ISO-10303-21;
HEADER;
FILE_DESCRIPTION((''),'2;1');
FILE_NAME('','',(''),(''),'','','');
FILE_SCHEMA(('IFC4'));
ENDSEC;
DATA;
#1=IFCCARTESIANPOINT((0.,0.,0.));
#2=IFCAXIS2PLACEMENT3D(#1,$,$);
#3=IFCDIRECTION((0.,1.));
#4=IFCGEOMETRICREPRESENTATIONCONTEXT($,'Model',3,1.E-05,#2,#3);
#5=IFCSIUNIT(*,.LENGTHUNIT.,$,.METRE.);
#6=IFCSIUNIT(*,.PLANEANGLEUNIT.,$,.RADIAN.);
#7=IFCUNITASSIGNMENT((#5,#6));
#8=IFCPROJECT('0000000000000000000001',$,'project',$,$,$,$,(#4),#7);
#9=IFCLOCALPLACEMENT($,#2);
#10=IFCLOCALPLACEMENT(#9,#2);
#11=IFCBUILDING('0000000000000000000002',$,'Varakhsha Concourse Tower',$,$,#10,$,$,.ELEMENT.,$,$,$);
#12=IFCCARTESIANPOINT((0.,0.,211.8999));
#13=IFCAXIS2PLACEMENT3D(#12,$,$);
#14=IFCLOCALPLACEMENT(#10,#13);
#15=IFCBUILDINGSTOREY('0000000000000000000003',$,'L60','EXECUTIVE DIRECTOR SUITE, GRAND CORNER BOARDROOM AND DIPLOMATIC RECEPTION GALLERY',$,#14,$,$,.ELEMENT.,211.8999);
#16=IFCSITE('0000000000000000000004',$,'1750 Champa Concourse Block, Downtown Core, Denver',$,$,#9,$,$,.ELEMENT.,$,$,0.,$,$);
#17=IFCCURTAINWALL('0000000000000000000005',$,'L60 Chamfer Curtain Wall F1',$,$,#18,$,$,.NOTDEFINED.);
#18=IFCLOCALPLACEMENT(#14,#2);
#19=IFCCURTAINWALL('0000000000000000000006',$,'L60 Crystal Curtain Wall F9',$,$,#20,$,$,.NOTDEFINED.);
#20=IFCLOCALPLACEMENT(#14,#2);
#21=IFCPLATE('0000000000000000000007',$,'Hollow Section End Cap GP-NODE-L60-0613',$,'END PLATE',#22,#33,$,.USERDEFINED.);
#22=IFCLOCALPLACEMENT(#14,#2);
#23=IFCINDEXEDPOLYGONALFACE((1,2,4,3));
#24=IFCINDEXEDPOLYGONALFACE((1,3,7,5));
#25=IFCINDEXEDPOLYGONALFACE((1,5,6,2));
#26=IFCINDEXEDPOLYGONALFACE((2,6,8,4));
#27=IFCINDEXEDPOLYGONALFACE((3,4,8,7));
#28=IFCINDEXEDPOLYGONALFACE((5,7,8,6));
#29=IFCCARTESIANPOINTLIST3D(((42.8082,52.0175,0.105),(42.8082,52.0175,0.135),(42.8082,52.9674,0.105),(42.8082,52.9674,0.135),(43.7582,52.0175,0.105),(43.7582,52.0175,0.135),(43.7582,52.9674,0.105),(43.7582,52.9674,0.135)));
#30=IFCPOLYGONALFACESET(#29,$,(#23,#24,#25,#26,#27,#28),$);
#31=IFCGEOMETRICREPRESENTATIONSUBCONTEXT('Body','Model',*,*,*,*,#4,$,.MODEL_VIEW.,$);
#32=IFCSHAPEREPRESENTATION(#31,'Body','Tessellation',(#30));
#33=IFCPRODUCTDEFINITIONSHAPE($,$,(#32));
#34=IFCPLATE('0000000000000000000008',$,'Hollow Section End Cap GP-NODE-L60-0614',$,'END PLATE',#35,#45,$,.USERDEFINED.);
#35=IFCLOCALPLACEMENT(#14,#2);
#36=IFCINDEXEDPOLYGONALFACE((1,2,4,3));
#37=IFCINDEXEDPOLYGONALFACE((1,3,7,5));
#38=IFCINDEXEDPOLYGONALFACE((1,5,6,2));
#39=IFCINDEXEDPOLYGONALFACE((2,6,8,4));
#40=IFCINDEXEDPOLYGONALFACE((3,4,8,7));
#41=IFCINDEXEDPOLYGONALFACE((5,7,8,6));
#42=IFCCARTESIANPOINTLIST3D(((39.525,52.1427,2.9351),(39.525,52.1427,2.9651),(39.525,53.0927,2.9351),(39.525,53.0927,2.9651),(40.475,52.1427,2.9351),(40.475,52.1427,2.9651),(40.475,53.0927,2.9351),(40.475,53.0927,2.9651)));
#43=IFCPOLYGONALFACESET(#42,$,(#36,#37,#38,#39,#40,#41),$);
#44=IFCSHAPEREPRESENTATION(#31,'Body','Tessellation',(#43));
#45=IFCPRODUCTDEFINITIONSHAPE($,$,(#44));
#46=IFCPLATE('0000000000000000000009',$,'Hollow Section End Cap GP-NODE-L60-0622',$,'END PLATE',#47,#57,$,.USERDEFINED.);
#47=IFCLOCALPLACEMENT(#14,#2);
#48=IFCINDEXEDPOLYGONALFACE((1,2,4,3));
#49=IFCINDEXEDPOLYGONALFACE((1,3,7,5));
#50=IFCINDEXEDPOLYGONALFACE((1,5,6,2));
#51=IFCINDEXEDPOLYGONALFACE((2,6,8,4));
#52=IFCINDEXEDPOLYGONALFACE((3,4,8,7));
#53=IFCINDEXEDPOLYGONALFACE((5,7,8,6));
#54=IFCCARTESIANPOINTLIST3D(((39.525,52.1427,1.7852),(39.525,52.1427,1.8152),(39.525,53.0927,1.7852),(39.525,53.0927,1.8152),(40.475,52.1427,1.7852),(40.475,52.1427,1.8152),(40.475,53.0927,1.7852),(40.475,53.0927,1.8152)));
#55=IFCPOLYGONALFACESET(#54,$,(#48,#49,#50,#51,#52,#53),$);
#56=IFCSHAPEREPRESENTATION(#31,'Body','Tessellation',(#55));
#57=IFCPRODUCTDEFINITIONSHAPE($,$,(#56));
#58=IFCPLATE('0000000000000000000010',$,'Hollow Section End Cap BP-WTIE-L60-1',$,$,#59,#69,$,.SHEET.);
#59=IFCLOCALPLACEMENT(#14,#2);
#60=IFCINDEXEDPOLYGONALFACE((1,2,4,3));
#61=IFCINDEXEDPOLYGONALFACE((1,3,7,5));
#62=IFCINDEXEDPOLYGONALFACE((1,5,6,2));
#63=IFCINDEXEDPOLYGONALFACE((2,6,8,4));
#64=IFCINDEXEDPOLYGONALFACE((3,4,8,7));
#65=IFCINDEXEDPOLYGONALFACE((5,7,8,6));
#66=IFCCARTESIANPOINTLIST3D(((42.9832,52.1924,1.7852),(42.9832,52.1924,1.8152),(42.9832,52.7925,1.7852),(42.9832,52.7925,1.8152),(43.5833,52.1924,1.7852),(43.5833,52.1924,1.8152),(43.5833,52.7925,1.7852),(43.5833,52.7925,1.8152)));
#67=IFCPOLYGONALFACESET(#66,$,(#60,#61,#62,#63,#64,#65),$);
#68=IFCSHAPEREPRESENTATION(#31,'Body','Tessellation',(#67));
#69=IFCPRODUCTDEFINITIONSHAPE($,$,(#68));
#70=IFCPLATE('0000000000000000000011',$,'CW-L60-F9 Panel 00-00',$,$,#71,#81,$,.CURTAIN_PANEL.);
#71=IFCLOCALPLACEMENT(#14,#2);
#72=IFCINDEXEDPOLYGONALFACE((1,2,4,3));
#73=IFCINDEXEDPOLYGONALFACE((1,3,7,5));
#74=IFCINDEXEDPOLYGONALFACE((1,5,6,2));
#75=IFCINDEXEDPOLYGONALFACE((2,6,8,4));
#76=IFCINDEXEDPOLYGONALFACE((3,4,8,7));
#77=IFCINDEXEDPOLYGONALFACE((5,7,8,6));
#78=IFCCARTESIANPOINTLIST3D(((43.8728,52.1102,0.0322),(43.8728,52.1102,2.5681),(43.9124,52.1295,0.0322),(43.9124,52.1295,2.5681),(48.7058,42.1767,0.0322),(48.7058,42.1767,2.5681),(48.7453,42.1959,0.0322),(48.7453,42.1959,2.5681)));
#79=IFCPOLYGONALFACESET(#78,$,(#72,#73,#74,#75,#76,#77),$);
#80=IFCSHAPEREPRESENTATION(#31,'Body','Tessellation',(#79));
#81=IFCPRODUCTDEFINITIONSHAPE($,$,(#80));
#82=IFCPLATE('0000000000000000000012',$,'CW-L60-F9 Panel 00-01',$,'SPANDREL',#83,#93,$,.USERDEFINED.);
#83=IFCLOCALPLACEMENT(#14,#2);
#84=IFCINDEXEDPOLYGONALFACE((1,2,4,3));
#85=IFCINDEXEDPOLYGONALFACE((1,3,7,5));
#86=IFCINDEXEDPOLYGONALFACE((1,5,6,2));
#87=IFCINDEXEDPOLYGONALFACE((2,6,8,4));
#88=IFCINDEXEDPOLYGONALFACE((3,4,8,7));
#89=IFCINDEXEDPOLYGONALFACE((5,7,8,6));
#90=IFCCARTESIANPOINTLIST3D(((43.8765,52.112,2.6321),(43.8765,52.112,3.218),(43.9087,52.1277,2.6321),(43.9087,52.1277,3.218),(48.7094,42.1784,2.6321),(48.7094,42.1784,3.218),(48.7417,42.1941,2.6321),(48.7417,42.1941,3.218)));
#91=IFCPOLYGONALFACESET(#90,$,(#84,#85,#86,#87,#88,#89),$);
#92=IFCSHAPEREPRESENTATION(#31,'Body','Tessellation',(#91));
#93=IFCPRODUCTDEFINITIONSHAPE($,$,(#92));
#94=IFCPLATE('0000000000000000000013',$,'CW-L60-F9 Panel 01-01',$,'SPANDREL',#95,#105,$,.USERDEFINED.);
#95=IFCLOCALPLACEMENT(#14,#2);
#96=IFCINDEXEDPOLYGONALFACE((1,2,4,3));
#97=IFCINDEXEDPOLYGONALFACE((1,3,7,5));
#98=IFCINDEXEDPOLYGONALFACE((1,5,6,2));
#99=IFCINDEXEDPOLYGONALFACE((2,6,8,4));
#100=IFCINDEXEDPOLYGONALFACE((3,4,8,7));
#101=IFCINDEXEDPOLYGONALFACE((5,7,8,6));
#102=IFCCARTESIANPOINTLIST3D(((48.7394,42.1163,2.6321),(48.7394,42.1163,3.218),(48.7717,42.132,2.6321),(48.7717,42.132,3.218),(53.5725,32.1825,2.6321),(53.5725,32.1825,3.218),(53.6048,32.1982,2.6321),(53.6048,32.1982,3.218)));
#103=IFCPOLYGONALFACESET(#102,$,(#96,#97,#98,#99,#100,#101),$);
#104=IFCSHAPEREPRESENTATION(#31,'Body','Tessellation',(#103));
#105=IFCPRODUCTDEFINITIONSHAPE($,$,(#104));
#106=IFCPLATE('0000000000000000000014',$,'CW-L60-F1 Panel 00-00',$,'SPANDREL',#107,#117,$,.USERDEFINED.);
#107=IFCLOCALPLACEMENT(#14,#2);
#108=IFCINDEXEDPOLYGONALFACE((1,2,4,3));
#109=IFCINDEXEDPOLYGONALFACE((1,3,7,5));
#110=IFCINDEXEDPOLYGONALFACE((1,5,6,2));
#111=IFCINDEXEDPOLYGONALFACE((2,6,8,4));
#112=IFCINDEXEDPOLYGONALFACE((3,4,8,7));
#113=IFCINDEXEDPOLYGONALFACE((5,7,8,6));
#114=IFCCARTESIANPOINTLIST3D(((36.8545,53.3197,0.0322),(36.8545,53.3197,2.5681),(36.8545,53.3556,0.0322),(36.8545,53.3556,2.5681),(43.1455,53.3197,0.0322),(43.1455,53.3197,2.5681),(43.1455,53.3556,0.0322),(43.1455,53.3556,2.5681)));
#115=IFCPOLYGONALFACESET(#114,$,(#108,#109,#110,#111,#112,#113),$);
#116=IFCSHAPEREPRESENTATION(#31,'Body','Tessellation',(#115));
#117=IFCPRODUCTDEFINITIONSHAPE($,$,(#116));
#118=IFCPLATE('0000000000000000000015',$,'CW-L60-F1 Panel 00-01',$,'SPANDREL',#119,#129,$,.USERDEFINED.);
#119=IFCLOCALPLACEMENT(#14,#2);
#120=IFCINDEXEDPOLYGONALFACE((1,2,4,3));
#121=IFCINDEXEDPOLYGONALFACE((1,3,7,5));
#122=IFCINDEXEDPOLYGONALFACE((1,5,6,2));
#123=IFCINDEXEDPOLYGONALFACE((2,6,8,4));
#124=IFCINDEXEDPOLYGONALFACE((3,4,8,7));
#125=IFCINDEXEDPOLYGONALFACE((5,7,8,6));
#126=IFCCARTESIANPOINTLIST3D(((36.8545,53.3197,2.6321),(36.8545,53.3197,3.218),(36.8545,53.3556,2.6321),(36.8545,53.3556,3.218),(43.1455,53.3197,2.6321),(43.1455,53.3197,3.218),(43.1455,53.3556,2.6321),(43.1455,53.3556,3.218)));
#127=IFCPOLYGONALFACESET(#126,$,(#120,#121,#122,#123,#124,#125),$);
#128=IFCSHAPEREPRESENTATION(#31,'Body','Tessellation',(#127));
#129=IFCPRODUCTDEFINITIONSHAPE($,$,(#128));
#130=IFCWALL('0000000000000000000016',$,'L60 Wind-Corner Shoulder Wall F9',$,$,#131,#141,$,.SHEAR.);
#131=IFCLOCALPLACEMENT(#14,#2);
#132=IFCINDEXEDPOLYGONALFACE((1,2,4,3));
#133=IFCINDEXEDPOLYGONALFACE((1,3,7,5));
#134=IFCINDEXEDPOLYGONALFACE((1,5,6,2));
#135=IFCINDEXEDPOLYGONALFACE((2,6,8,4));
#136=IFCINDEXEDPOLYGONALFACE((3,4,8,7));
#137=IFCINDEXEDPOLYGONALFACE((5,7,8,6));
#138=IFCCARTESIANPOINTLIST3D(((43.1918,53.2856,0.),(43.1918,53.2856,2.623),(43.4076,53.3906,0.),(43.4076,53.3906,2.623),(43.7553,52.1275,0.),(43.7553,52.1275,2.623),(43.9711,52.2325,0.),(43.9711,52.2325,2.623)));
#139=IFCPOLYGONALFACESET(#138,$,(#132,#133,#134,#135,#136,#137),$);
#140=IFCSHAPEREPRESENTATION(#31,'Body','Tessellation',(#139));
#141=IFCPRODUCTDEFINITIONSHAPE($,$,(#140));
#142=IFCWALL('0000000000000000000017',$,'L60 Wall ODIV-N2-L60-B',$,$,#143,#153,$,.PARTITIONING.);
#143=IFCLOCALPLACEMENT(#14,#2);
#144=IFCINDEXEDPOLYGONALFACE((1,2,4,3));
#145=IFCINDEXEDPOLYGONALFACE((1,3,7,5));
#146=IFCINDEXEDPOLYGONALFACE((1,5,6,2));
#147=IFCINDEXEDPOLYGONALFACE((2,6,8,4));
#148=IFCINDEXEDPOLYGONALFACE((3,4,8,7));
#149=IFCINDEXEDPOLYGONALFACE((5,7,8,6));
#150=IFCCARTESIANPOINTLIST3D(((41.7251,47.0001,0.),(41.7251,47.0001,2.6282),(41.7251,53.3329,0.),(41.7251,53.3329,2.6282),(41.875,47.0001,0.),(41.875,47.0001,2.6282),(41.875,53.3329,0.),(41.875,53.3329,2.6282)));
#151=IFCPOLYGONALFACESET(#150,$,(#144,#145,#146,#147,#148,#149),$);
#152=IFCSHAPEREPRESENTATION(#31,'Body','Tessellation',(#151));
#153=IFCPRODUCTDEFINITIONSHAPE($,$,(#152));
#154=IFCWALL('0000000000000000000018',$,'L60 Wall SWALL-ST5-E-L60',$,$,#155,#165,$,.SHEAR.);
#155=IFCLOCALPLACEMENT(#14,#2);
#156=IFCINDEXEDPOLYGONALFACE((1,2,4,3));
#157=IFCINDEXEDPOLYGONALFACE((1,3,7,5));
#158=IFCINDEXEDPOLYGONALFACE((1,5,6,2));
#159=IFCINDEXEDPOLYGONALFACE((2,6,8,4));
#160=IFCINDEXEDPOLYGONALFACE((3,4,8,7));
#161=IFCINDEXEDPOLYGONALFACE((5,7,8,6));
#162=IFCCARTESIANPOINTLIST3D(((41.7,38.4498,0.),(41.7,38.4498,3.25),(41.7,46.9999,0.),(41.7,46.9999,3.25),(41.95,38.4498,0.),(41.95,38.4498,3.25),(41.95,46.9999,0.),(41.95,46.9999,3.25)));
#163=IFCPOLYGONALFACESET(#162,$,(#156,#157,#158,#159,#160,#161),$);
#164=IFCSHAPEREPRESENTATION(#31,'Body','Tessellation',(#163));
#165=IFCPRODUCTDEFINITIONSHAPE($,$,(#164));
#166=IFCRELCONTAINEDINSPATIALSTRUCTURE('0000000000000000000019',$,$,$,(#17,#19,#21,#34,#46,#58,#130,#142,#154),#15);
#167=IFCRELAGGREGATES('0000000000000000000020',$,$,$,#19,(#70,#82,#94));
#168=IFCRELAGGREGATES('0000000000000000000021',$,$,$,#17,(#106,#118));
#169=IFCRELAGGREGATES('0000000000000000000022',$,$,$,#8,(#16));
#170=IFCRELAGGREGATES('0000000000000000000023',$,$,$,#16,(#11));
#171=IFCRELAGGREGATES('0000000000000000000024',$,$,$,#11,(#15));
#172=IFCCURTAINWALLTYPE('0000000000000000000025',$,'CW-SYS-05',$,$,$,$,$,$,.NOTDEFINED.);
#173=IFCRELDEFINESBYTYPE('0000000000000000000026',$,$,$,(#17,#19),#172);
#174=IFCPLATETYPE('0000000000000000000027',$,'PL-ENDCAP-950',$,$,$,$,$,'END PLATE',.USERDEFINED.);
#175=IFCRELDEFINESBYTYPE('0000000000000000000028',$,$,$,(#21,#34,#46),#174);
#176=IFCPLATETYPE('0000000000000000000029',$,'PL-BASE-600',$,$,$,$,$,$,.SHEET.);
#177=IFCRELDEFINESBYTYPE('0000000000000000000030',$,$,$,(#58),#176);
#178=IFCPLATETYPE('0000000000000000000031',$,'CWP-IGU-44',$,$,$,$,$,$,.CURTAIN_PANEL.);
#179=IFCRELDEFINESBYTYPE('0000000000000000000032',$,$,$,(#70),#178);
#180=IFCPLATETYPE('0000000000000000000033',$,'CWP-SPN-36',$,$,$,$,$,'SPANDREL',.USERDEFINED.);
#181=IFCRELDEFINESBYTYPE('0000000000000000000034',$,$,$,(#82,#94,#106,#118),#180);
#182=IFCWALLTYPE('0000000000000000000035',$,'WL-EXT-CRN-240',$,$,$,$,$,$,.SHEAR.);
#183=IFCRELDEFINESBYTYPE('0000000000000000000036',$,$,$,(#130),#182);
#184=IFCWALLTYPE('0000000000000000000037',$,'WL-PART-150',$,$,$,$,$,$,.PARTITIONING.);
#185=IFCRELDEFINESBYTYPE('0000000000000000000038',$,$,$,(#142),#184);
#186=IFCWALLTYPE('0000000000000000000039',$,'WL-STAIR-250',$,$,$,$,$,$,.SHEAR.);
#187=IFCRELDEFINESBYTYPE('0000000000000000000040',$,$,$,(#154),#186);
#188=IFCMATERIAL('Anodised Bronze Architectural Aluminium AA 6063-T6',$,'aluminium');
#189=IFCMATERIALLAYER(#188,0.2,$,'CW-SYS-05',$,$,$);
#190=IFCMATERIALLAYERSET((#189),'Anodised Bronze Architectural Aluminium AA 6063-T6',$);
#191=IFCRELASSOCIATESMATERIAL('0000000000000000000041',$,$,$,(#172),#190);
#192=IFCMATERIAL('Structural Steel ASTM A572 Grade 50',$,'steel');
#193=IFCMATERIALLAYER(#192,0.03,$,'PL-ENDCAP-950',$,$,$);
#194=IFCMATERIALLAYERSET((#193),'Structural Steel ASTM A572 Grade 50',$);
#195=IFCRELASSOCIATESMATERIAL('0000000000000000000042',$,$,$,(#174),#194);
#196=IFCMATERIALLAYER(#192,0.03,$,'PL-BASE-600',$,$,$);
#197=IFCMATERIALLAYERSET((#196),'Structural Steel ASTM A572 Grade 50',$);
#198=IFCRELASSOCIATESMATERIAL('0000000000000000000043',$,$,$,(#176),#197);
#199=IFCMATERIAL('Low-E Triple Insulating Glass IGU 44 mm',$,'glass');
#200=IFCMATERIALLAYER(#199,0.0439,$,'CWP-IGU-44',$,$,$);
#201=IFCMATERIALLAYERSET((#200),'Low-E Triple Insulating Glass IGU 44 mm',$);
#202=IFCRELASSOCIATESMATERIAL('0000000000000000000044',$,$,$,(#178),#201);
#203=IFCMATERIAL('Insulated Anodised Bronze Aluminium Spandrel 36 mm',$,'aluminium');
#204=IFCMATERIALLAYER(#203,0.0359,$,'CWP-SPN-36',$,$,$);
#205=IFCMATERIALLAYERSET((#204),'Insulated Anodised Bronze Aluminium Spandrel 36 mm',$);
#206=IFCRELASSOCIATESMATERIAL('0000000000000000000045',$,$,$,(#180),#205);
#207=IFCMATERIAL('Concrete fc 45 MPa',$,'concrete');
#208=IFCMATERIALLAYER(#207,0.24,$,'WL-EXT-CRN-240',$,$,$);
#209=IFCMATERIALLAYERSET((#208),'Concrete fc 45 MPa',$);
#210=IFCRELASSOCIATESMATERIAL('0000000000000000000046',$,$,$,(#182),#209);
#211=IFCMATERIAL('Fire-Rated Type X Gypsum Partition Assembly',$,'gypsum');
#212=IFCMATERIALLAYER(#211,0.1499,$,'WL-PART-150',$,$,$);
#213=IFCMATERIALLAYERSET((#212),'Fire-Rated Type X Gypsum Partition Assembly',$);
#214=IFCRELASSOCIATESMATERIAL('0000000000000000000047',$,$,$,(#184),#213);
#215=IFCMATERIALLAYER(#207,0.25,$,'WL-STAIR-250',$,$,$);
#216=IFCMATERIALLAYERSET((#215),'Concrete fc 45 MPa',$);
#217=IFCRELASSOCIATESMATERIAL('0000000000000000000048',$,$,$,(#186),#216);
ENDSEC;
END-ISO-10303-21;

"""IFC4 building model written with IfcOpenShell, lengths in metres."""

from ifc_helpers import new_model, si_unit, direction, frame, frame_2d, origin, origin_2d, place, context, subcontext, project, spatial, rectangle, extrude, source, transform, mapped, material, layer, layer_set, type_object, type_shapes, element, aggregate, save


model = new_model("IFC4")

# Units and contexts
model_context = context("Model", 3, precision=1e-05, world=origin(), true_north=direction((0.0, 1.0)))
body_context = subcontext(model_context, "Body", "Model", "MODEL_VIEW")
ifc_project = project(units=[si_unit("LENGTHUNIT", "METRE"), si_unit("PLANEANGLEUNIT", "RADIAN")], contexts=[model_context])

# Site, building, storey
site_placement = place(None, origin())
site = spatial("IfcSite", under=ifc_project, at=site_placement, Name="1750 Champa Concourse Block, Downtown Core, Denver", CompositionType="ELEMENT", RefElevation=0.0)
building_placement = place(site_placement, origin())
building = spatial("IfcBuilding", under=site, at=building_placement, Name="Varakhsha Concourse Tower", CompositionType="ELEMENT")
storey_placement = place(building_placement, frame((0.0, 0.0, 211.8999)))
storey = spatial("IfcBuildingStorey", under=building, at=storey_placement, Name="L60", Description="EXECUTIVE DIRECTOR SUITE, GRAND CORNER BOARDROOM AND DIPLOMATIC RECEPTION GALLERY", CompositionType="ELEMENT", Elevation=211.8999)

# Shared definitions
ifc_material_1 = material(Name="Structural Steel ASTM A572 Grade 50", Category="steel")

# Curtain wall
ifc_material_2 = material(Name="Anodised Bronze Architectural Aluminium AA 6063-T6", Category="aluminium")
ifc_layer_1 = layer(ifc_material_2, 0.2, Name="CW-SYS-05")
ifc_layer_set_1 = layer_set([ifc_layer_1], Name="Anodised Bronze Architectural Aluminium AA 6063-T6")
curtain_wall_type = type_object("IfcCurtainWallType", Name="CW-SYS-05", PredefinedType="NOTDEFINED", material=ifc_layer_set_1)
curtain_wall_1_placement = place(storey_placement, origin())
curtain_wall_1 = element("IfcCurtainWall", 1, at=curtain_wall_1_placement, inside=storey, type_object=curtain_wall_type, Name="L60 Chamfer Curtain Wall F1", PredefinedType="NOTDEFINED")

# Curtain wall
curtain_wall_2_placement = place(storey_placement, origin())
curtain_wall_2 = element("IfcCurtainWall", 2, at=curtain_wall_2_placement, inside=storey, type_object=curtain_wall_type, Name="L60 Crystal Curtain Wall F9", PredefinedType="NOTDEFINED")

# Plates
ifc_layer_2 = layer(ifc_material_1, 0.03, Name="PL-ENDCAP-950")
ifc_layer_set_2 = layer_set([ifc_layer_2], Name="Structural Steel ASTM A572 Grade 50")
plate_type_1 = type_object("IfcPlateType", Name="PL-ENDCAP-950", ElementType="END PLATE", PredefinedType="USERDEFINED", material=ifc_layer_set_2)
shared_shape_1 = source(origin(), body_context, "Body", "SweptSolid", [
    extrude(rectangle(XDim=0.95, YDim=0.95, at=origin_2d()), origin(), (0.0, 0.0, 1.0), 0.03),
])
type_shapes(plate_type_1, [shared_shape_1])
for number, where, z_axis, x_axis, name in (
    (3, (43.2832, 52.4924, 0.105), (0.0, 0.0, 1.0), (1.0, 0.0, 0.0), "Hollow Section End Cap GP-NODE-L60-0613"),
    (4, (40.0, 52.6177, 2.9351), (0.0, 0.0, 1.0), (1.0, 0.0, 0.0), "Hollow Section End Cap GP-NODE-L60-0614"),
    (5, (40.0, 52.6177, 1.7852), (0.0, 0.0, 1.0), (1.0, 0.0, 0.0), "Hollow Section End Cap GP-NODE-L60-0622"),
):
    element("IfcPlate", number, at=place(storey_placement, frame(where, z_axis=z_axis, x_axis=x_axis)), inside=storey, type_object=plate_type_1, Name=name, ObjectType="END PLATE", PredefinedType="USERDEFINED", context=body_context, shape_type="MappedRepresentation", body=[
        mapped(shared_shape_1, transform((0.0, 0.0, 0.0), scale=1.0)),
    ])
ifc_layer_3 = layer(ifc_material_1, 0.03, Name="PL-BASE-600")
ifc_layer_set_3 = layer_set([ifc_layer_3], Name="Structural Steel ASTM A572 Grade 50")
plate_type_2 = type_object("IfcPlateType", Name="PL-BASE-600", PredefinedType="SHEET", material=ifc_layer_set_3)
shared_shape_2 = source(origin(), body_context, "Body", "SweptSolid", [
    extrude(rectangle(XDim=0.6001, YDim=0.6001, at=origin_2d()), origin(), (0.0, 0.0, 1.0), 0.03),
])
type_shapes(plate_type_2, [shared_shape_2])
plate_1_placement = place(storey_placement, frame((43.2832, 52.4924, 1.7852), z_axis=(0.0, 0.0, 1.0), x_axis=(1.0, 0.0, 0.0)))
element("IfcPlate", 6, at=plate_1_placement, inside=storey, type_object=plate_type_2, Name="Hollow Section End Cap BP-WTIE-L60-1", PredefinedType="SHEET", context=body_context, shape_type="MappedRepresentation", body=[
    mapped(shared_shape_2, transform((0.0, 0.0, 0.0), scale=1.0)),
])

# Plates
ifc_material_3 = material(Name="Low-E Triple Insulating Glass IGU 44 mm", Category="glass")
ifc_layer_4 = layer(ifc_material_3, 0.0439, Name="CWP-IGU-44")
ifc_layer_set_4 = layer_set([ifc_layer_4], Name="Low-E Triple Insulating Glass IGU 44 mm")
plate_type_3 = type_object("IfcPlateType", Name="CWP-IGU-44", PredefinedType="CURTAIN_PANEL", material=ifc_layer_set_4)
shared_shape_3 = source(origin(), body_context, "Body", "SweptSolid", [
    extrude(rectangle(XDim=11.0469, YDim=0.0439, at=origin_2d()), origin(), (0.0, 0.0, 1.0), 2.5359),
])
type_shapes(plate_type_3, [shared_shape_3])
plate_2_placement = place(storey_placement, frame((46.3091, 47.1531, 0.0322), z_axis=(0.0, 0.0, 1.0), x_axis=(0.437497, -0.89922, 0.0)))
plate_2 = element("IfcPlate", 7, at=plate_2_placement, type_object=plate_type_3, Name="CW-L60-F9 Panel 00-00", PredefinedType="CURTAIN_PANEL", context=body_context, shape_type="MappedRepresentation", body=[
    mapped(shared_shape_3, transform((0.0, 0.0, 0.0), scale=1.0)),
])
ifc_material_4 = material(Name="Insulated Anodised Bronze Aluminium Spandrel 36 mm", Category="aluminium")
ifc_layer_5 = layer(ifc_material_4, 0.0359, Name="CWP-SPN-36")
ifc_layer_set_5 = layer_set([ifc_layer_5], Name="Insulated Anodised Bronze Aluminium Spandrel 36 mm")
plate_type_4 = type_object("IfcPlateType", Name="CWP-SPN-36", ElementType="SPANDREL", PredefinedType="USERDEFINED", material=ifc_layer_set_5)
shared_shape_4 = source(origin(), body_context, "Body", "SweptSolid", [
    extrude(rectangle(XDim=11.0469, YDim=0.0359, at=origin_2d()), origin(), (0.0, 0.0, 1.0), 0.5859),
])
plate_3_placement = place(storey_placement, frame((46.3091, 47.1531, 2.6321), z_axis=(0.0, 0.0, 1.0), x_axis=(0.437497, -0.89922, 0.0)))
plate_3 = element("IfcPlate", 8, at=plate_3_placement, type_object=plate_type_4, Name="CW-L60-F9 Panel 00-01", ObjectType="SPANDREL", PredefinedType="USERDEFINED", context=body_context, shape_type="MappedRepresentation", body=[
    mapped(shared_shape_4, transform((0.0, 0.0, 0.0), scale=1.0)),
])
shared_shape_5 = source(origin(), body_context, "Body", "SweptSolid", [
    extrude(rectangle(XDim=11.0471, YDim=0.0359, at=origin_2d()), origin(), (0.0, 0.0, 1.0), 0.5859),
])
plate_4_placement = place(storey_placement, frame((51.1721, 37.1572, 2.6321), z_axis=(0.0, 0.0, 1.0), x_axis=(0.437497, -0.89922, 0.0)))
plate_4 = element("IfcPlate", 9, at=plate_4_placement, type_object=plate_type_4, Name="CW-L60-F9 Panel 01-01", ObjectType="SPANDREL", PredefinedType="USERDEFINED", context=body_context, shape_type="MappedRepresentation", body=[
    mapped(shared_shape_5, transform((0.0, 0.0, 0.0), scale=1.0)),
])
aggregate(curtain_wall_2, [plate_2, plate_3, plate_4])
shared_shape_6 = source(origin(), body_context, "Body", "SweptSolid", [
    extrude(rectangle(XDim=6.291, YDim=0.0359, at=origin_2d()), origin(), (0.0, 0.0, 1.0), 2.5359),
])
plate_5_placement = place(storey_placement, frame((40.0, 53.3376, 0.0322), z_axis=(0.0, 0.0, 1.0), x_axis=(1.0, 0.0, 0.0)))
plate_5 = element("IfcPlate", 10, at=plate_5_placement, type_object=plate_type_4, Name="CW-L60-F1 Panel 00-00", ObjectType="SPANDREL", PredefinedType="USERDEFINED", context=body_context, shape_type="MappedRepresentation", body=[
    mapped(shared_shape_6, transform((0.0, 0.0, 0.0), scale=1.0)),
])
shared_shape_7 = source(origin(), body_context, "Body", "SweptSolid", [
    extrude(rectangle(XDim=6.291, YDim=0.0359, at=origin_2d()), origin(), (0.0, 0.0, 1.0), 0.5859),
])
type_shapes(plate_type_4, [shared_shape_4, shared_shape_5, shared_shape_6, shared_shape_7])
plate_6_placement = place(storey_placement, frame((40.0, 53.3376, 2.6321), z_axis=(0.0, 0.0, 1.0), x_axis=(1.0, 0.0, 0.0)))
plate_6 = element("IfcPlate", 11, at=plate_6_placement, type_object=plate_type_4, Name="CW-L60-F1 Panel 00-01", ObjectType="SPANDREL", PredefinedType="USERDEFINED", context=body_context, shape_type="MappedRepresentation", body=[
    mapped(shared_shape_7, transform((0.0, 0.0, 0.0), scale=1.0)),
])
aggregate(curtain_wall_1, [plate_5, plate_6])

# Walls
ifc_material_5 = material(Name="Concrete fc 45 MPa", Category="concrete")
ifc_layer_6 = layer(ifc_material_5, 0.24, Name="WL-EXT-CRN-240")
ifc_layer_set_6 = layer_set([ifc_layer_6], Name="Concrete fc 45 MPa")
wall_type_1 = type_object("IfcWallType", Name="WL-EXT-CRN-240", PredefinedType="SHEAR", material=ifc_layer_set_6)
wall_1_placement = place(storey_placement, frame((43.8633, 52.1799, 0.0), z_axis=(0.0, 0.0, 1.0), x_axis=(-0.437557, 0.899191, 0.0)))
element("IfcWall", 12, at=wall_1_placement, inside=storey, type_object=wall_type_1, Name="L60 Wind-Corner Shoulder Wall F9", PredefinedType="SHEAR", context=body_context, shape_type="SweptSolid", body=[
    extrude(rectangle(XDim=1.2878, YDim=0.24, at=frame_2d((0.644, 0.0))), origin(), (0.0, 0.0, 1.0), 2.623),
])
ifc_material_6 = material(Name="Fire-Rated Type X Gypsum Partition Assembly", Category="gypsum")
ifc_layer_7 = layer(ifc_material_6, 0.1499, Name="WL-PART-150")
ifc_layer_set_7 = layer_set([ifc_layer_7], Name="Fire-Rated Type X Gypsum Partition Assembly")
wall_type_2 = type_object("IfcWallType", Name="WL-PART-150", PredefinedType="PARTITIONING", material=ifc_layer_set_7)
wall_2_placement = place(storey_placement, frame((41.8, 47.0, 0.0), z_axis=(0.0, 0.0, 1.0), x_axis=(0.0, 1.0, 0.0)))
element("IfcWall", 13, at=wall_2_placement, inside=storey, type_object=wall_type_2, Name="L60 Wall ODIV-N2-L60-B", PredefinedType="PARTITIONING", context=body_context, shape_type="SweptSolid", body=[
    extrude(rectangle(XDim=6.3328, YDim=0.1499, at=frame_2d((3.1665, 0.0))), origin(), (0.0, 0.0, 1.0), 2.6282),
])
ifc_layer_8 = layer(ifc_material_5, 0.25, Name="WL-STAIR-250")
ifc_layer_set_8 = layer_set([ifc_layer_8], Name="Concrete fc 45 MPa")
wall_type_3 = type_object("IfcWallType", Name="WL-STAIR-250", PredefinedType="SHEAR", material=ifc_layer_set_8)
wall_3_placement = place(storey_placement, frame((41.825, 38.45, 0.0), z_axis=(0.0, 0.0, 1.0), x_axis=(0.0, 1.0, 0.0)))
element("IfcWall", 14, at=wall_3_placement, inside=storey, type_object=wall_type_3, Name="L60 Wall SWALL-ST5-E-L60", PredefinedType="SHEAR", context=body_context, shape_type="SweptSolid", body=[
    extrude(rectangle(XDim=8.55, YDim=0.25, at=frame_2d((4.2749, 0.0))), origin(), (0.0, 0.0, 1.0), 3.25),
])

save(model, "model.ifc")
